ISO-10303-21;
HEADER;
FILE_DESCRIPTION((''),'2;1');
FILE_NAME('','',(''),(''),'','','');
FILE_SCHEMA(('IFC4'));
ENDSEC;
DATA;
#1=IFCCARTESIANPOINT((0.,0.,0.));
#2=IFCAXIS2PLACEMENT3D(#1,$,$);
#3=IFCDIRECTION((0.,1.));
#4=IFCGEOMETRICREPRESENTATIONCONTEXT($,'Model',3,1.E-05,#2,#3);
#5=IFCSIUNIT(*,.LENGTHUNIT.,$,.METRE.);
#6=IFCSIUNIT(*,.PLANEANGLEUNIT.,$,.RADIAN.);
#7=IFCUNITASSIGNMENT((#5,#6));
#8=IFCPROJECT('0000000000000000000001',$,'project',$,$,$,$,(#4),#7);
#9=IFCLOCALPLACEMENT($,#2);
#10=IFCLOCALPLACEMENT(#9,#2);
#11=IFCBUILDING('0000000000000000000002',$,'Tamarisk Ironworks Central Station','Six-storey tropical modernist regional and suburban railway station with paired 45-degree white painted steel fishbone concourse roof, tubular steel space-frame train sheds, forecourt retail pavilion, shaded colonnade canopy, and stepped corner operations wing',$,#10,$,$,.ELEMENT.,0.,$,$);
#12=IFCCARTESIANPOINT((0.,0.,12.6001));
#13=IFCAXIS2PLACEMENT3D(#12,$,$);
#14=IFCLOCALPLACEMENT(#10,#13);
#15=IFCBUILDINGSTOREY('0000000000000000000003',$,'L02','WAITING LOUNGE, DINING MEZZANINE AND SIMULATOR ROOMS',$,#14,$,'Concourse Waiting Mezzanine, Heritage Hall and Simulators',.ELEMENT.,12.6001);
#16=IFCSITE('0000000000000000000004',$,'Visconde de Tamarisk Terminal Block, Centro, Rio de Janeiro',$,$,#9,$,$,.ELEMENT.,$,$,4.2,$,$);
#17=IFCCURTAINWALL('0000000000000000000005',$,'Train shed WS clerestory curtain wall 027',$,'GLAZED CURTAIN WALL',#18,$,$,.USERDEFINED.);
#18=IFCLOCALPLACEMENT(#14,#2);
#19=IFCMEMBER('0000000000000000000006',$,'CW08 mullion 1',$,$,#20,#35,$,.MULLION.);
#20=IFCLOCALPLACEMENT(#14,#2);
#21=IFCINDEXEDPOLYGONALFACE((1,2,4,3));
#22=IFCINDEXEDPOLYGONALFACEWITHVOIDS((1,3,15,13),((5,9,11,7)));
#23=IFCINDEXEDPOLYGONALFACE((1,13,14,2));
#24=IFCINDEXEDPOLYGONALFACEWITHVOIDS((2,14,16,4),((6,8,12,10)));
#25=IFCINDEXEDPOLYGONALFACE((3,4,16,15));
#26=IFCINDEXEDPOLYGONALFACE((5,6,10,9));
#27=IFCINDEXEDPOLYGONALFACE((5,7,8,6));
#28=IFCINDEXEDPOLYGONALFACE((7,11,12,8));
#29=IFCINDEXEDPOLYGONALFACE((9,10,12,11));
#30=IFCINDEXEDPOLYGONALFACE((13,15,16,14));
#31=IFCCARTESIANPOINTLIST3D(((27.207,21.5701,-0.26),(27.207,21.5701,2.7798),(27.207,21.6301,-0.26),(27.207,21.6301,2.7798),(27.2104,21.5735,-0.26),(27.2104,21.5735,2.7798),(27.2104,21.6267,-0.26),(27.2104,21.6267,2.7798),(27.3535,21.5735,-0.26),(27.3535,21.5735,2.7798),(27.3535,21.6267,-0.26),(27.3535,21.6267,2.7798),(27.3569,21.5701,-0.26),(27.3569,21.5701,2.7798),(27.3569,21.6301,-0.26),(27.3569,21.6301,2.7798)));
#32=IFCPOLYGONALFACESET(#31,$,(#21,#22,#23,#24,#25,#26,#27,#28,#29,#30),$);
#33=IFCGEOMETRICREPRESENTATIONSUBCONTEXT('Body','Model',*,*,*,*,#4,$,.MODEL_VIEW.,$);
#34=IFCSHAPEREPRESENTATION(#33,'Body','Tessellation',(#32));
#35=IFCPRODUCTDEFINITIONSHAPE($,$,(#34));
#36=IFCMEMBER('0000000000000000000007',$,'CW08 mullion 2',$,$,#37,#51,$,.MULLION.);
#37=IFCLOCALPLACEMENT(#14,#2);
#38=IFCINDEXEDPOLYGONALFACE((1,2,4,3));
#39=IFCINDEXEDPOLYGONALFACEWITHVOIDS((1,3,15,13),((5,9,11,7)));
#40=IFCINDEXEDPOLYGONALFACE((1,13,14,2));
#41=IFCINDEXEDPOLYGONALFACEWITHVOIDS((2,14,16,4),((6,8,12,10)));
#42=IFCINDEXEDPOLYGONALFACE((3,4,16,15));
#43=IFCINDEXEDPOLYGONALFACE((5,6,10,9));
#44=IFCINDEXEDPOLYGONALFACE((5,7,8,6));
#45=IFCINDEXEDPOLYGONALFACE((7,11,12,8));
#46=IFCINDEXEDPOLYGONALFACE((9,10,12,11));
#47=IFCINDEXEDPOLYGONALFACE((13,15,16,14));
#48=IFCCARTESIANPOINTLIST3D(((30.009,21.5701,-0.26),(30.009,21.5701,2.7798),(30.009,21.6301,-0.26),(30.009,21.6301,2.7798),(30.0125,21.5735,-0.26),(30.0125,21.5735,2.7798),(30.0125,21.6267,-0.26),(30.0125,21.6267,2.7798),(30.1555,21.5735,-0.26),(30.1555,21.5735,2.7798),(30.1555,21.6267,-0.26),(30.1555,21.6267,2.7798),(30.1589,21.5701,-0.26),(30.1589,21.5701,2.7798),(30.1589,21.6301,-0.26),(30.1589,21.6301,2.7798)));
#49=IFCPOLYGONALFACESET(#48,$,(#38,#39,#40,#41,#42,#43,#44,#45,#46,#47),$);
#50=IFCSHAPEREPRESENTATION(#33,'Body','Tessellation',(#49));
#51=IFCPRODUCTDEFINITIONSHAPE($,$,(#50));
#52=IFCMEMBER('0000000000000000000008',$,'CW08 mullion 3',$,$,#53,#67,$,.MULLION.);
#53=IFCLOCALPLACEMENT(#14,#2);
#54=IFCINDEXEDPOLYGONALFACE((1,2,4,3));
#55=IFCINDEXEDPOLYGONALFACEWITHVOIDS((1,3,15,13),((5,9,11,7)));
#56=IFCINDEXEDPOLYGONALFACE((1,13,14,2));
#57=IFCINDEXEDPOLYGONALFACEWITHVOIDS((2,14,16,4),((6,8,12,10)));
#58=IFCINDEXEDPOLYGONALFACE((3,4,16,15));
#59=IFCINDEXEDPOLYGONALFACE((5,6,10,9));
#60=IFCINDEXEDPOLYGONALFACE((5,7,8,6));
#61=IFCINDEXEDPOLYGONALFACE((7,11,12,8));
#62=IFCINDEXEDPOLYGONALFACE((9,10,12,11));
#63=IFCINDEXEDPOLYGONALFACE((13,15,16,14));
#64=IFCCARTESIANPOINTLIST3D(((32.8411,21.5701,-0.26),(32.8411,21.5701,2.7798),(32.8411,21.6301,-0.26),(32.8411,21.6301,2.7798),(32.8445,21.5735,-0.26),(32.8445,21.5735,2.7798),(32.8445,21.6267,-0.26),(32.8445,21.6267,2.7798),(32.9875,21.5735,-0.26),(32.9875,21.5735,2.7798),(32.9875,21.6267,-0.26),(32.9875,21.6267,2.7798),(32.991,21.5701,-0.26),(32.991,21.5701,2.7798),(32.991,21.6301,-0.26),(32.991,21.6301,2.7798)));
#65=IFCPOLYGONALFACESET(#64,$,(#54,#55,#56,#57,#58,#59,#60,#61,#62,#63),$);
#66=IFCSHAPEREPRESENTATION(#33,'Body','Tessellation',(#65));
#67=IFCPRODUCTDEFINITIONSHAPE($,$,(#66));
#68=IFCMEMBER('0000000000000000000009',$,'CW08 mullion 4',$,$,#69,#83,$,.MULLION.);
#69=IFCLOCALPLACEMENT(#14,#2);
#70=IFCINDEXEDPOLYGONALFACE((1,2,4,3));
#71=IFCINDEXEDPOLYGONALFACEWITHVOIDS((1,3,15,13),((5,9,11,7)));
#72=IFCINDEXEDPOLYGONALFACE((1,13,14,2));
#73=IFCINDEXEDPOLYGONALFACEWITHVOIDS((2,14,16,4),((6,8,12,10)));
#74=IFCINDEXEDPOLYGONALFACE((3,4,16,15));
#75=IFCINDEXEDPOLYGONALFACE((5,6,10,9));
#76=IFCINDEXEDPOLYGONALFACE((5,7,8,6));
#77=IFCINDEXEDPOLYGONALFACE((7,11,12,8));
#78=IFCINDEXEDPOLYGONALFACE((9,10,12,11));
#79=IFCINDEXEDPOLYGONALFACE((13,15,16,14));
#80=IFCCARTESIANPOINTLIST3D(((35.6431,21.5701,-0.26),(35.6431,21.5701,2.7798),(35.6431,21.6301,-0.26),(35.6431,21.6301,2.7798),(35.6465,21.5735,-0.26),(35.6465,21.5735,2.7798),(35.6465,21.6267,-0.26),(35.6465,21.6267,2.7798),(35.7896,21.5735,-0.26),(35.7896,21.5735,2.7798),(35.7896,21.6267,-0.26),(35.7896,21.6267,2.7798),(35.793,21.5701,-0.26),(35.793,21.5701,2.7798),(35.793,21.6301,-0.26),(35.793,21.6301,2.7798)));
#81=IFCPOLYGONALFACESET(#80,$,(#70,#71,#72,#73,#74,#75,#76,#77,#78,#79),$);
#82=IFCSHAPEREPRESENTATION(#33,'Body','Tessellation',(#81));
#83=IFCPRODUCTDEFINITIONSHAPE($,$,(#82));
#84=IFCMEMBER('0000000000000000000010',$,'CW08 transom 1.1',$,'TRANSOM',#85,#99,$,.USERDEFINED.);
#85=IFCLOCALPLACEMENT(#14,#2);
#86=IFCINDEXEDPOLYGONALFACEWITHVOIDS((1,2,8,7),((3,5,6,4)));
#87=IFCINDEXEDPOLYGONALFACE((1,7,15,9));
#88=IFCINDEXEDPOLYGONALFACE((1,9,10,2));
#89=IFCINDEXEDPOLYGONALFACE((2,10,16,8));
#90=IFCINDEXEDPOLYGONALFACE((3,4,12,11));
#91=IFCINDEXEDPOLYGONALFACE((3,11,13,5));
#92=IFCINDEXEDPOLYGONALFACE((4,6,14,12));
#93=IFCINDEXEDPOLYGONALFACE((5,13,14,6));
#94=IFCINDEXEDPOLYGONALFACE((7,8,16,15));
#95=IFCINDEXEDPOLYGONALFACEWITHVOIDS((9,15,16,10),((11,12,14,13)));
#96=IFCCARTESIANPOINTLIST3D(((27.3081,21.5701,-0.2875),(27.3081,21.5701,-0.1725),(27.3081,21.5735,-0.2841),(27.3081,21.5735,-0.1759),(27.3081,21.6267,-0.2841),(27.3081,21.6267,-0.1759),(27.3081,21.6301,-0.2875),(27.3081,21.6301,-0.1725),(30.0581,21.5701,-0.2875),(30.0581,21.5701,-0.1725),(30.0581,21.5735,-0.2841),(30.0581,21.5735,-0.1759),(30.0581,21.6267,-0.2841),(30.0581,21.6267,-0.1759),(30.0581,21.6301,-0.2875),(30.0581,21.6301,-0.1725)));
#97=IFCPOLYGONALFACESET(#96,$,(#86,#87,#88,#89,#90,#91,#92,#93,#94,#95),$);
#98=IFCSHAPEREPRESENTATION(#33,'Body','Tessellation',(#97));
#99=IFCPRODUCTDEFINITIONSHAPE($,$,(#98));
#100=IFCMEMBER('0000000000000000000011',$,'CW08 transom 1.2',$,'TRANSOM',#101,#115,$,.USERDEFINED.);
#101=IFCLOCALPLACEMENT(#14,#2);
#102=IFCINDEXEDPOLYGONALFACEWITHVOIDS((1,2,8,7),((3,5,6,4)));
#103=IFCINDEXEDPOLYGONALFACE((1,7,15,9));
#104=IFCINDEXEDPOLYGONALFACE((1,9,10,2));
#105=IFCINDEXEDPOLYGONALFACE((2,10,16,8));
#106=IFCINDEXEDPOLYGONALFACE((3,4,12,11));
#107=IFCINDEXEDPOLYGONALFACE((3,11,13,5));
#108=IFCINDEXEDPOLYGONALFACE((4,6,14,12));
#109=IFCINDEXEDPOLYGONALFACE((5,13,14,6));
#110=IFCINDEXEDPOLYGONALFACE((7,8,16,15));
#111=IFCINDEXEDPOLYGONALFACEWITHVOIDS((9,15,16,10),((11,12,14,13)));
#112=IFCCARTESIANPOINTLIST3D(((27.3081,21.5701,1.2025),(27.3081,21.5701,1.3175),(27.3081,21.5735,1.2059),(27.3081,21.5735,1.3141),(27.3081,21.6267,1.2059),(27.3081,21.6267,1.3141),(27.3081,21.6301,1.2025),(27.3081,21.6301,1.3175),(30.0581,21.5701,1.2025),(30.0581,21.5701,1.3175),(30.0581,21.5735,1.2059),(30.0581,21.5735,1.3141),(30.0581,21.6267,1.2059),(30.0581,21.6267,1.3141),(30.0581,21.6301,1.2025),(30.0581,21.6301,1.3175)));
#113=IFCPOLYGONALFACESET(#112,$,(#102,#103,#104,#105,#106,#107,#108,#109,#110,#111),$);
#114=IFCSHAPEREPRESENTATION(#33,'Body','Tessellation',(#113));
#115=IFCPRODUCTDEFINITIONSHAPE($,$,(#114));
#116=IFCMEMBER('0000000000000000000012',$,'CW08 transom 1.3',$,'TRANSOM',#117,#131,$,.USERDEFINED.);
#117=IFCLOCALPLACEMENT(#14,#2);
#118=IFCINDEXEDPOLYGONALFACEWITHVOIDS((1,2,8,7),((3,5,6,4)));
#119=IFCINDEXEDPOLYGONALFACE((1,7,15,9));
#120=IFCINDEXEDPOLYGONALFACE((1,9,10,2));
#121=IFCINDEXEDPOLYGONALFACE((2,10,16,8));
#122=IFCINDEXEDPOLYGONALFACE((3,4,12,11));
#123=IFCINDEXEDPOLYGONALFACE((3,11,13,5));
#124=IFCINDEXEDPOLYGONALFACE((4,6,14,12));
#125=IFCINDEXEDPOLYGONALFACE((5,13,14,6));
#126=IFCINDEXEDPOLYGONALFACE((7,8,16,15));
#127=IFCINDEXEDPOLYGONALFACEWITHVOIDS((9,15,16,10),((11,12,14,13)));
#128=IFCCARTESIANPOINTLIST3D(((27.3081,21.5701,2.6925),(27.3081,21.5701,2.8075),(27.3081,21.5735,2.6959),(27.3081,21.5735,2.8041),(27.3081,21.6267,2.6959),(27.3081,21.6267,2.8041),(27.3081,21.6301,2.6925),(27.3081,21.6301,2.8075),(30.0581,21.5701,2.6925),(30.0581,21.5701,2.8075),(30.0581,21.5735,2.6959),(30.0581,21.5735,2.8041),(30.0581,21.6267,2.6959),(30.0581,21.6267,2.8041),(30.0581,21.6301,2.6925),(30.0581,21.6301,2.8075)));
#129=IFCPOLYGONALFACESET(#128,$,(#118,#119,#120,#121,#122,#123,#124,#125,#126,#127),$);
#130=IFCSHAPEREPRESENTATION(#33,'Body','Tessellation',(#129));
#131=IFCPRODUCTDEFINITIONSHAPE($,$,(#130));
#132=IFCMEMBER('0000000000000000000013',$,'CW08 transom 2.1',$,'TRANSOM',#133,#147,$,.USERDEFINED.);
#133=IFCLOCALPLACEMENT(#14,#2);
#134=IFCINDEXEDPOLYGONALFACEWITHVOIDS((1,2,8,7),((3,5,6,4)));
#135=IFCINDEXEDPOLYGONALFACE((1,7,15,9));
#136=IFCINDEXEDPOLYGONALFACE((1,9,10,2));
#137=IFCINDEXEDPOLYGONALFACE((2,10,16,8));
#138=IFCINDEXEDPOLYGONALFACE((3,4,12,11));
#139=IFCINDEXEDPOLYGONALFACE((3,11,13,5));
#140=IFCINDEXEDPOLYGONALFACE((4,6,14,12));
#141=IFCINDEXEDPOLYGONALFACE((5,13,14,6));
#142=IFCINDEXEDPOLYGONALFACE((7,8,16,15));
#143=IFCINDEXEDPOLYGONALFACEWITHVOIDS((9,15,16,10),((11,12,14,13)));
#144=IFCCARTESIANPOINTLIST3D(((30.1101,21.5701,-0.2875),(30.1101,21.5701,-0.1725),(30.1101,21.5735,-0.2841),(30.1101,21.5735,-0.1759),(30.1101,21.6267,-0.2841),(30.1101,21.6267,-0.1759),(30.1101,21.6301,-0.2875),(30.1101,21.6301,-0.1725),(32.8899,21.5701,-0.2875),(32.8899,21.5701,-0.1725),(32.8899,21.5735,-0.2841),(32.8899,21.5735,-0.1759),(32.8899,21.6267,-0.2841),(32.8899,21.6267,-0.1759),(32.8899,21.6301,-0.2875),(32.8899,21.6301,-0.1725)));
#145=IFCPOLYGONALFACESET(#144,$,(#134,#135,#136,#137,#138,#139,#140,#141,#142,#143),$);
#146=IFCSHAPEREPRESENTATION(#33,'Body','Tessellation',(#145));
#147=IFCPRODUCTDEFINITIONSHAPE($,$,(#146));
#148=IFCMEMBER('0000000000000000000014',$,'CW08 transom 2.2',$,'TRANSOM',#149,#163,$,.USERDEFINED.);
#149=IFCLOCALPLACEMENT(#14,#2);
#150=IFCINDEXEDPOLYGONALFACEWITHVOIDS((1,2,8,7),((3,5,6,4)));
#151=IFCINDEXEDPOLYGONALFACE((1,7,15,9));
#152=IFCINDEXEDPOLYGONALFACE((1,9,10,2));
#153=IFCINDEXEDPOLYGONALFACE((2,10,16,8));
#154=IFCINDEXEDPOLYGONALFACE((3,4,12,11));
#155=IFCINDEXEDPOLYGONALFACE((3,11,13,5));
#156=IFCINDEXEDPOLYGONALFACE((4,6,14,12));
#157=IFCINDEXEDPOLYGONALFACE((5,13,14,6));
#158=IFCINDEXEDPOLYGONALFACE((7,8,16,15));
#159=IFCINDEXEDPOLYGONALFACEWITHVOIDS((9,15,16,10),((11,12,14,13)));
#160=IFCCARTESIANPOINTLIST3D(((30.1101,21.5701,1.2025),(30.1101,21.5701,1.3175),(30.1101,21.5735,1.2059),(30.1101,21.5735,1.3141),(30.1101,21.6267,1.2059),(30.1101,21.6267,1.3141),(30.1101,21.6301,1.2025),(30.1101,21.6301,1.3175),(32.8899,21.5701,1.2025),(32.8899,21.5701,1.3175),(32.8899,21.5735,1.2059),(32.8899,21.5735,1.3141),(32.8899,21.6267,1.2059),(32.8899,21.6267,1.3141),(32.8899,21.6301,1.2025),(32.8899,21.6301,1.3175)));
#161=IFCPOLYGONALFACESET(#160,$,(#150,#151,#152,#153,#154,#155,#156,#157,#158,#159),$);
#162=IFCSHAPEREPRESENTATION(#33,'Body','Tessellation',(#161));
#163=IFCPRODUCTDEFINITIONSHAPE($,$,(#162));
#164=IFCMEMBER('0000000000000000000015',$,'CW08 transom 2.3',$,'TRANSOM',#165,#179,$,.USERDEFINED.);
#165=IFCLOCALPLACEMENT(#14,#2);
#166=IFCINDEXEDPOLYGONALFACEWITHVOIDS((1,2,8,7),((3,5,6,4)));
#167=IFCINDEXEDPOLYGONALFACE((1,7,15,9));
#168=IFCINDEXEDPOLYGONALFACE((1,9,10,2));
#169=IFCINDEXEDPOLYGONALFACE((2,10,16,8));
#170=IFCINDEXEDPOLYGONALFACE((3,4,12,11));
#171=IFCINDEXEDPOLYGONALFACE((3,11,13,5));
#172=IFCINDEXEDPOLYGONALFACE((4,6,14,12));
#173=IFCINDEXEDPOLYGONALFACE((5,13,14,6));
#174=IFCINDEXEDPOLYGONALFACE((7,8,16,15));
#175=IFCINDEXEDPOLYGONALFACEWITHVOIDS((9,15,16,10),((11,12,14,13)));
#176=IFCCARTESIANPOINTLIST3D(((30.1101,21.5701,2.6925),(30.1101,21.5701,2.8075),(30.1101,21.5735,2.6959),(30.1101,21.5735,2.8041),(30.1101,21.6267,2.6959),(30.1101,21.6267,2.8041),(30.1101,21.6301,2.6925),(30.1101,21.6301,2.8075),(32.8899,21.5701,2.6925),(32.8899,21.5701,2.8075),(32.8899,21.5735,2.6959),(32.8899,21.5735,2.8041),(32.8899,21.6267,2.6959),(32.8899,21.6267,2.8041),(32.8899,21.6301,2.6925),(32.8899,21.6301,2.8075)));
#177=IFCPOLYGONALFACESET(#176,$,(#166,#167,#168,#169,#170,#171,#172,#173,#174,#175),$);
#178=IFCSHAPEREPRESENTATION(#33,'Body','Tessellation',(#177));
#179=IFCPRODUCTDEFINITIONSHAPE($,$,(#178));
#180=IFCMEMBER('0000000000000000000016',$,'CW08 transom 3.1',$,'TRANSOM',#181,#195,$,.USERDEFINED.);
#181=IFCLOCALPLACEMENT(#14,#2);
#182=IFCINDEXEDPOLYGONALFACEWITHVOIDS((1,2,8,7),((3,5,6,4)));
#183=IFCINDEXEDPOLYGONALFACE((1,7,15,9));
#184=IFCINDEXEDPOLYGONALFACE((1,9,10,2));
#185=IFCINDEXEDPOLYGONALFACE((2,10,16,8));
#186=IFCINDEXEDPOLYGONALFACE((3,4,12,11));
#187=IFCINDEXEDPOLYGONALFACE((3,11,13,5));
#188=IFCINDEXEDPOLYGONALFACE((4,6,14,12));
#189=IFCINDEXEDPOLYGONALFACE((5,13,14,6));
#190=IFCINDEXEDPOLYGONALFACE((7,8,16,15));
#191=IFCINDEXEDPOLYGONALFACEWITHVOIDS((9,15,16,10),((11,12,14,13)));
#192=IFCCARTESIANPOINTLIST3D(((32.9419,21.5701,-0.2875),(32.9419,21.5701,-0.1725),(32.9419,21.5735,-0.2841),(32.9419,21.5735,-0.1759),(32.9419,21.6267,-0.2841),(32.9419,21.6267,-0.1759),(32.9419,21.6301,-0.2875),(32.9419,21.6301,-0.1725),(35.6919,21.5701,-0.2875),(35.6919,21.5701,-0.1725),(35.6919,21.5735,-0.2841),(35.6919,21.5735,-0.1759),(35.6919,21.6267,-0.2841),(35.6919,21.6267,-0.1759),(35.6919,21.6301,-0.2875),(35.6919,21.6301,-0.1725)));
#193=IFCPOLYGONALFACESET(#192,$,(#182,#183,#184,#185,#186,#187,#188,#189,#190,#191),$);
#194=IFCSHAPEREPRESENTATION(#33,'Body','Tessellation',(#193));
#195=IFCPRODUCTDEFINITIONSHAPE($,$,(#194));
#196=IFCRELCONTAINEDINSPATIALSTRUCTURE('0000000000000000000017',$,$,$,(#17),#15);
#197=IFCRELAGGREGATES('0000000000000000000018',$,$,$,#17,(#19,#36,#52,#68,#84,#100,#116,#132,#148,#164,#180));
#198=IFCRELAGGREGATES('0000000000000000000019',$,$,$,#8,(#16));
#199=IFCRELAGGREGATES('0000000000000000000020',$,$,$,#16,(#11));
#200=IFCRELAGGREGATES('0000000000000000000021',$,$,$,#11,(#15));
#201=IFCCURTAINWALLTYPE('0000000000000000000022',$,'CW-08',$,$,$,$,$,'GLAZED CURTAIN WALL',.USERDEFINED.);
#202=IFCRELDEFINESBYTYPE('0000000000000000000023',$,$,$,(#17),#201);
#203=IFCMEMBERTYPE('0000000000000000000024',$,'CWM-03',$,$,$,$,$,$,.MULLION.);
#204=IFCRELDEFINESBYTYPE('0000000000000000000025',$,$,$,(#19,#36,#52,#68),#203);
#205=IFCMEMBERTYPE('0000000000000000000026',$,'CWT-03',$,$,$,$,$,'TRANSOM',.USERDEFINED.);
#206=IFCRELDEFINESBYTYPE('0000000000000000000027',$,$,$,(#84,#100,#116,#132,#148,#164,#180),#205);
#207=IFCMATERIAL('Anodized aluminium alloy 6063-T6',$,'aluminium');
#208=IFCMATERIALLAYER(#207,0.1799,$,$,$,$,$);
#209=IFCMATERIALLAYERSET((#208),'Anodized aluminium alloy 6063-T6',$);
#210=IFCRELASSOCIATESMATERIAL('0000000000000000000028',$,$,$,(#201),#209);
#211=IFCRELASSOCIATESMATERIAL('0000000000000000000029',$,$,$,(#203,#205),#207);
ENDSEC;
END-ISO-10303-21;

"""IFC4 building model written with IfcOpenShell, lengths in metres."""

from ifc_helpers import new_model, si_unit, direction, frame, origin, origin_2d, place, context, subcontext, project, spatial, hollow_rectangle, extrude, material, layer, layer_set, material_profile, profile_set, type_object, element, aggregate, save


model = new_model("IFC4")

# Units and contexts
model_context = context("Model", 3, precision=1e-05, world=origin(), true_north=direction((0.0, 1.0)))
body_context = subcontext(model_context, "Body", "Model", "MODEL_VIEW")
ifc_project = project(units=[si_unit("LENGTHUNIT", "METRE"), si_unit("PLANEANGLEUNIT", "RADIAN")], contexts=[model_context])

# Site, building, storey
site_placement = place(None, origin())
site = spatial("IfcSite", under=ifc_project, at=site_placement, Name="Visconde de Tamarisk Terminal Block, Centro, Rio de Janeiro", CompositionType="ELEMENT", RefElevation=4.2)
building_placement = place(site_placement, origin())
building = spatial("IfcBuilding", under=site, at=building_placement, Name="Tamarisk Ironworks Central Station", Description="Six-storey tropical modernist regional and suburban railway station with paired 45-degree white painted steel fishbone concourse roof, tubular steel space-frame train sheds, forecourt retail pavilion, shaded colonnade canopy, and stepped corner operations wing", CompositionType="ELEMENT", ElevationOfRefHeight=0.0)
storey_placement = place(building_placement, frame((0.0, 0.0, 12.6001)))
storey = spatial("IfcBuildingStorey", under=building, at=storey_placement, Name="L02", Description="WAITING LOUNGE, DINING MEZZANINE AND SIMULATOR ROOMS", LongName="Concourse Waiting Mezzanine, Heritage Hall and Simulators", CompositionType="ELEMENT", Elevation=12.6001)

# Shared definitions
ifc_material_1 = material(Name="Anodized aluminium alloy 6063-T6", Category="aluminium")
ifc_layer_1 = layer(ifc_material_1, 0.1799)
ifc_layer_set_1 = layer_set([ifc_layer_1], Name="Anodized aluminium alloy 6063-T6")
curtain_wall_type = type_object("IfcCurtainWallType", Name="CW-08", ElementType="GLAZED CURTAIN WALL", PredefinedType="USERDEFINED", material=ifc_layer_set_1)
ifc_material_profile_1 = material_profile(ifc_material_1, hollow_rectangle(XDim=0.0601, YDim=0.1499, WallThickness=0.0034, at=origin_2d()), Name="ALUM 150x60")
ifc_profile_set_1 = profile_set([ifc_material_profile_1], Name="Anodized aluminium alloy 6063-T6")
member_type_1 = type_object("IfcMemberType", Name="CWM-03", PredefinedType="MULLION", material=ifc_profile_set_1)

# Curtain wall, members
curtain_wall_1_placement = place(storey_placement, origin())
curtain_wall_1 = element("IfcCurtainWall", 1, at=curtain_wall_1_placement, inside=storey, type_object=curtain_wall_type, Name="Train shed WS clerestory curtain wall 027", ObjectType="GLAZED CURTAIN WALL", PredefinedType="USERDEFINED")
member_1_placement = place(storey_placement, frame((27.282, 21.6001, -0.26), z_axis=(0.0, 0.0, 1.0), x_axis=(0.0, 1.0, 0.0)))
member_1 = element("IfcMember", 2, at=member_1_placement, type_object=member_type_1, Name="CW08 mullion 1", PredefinedType="MULLION", context=body_context, shape_type="SweptSolid", body=[
    extrude(hollow_rectangle(XDim=0.0601, YDim=0.1499, WallThickness=0.0034, at=origin_2d()), origin(), (0.0, 0.0, 1.0), 3.0398),
])
member_2_placement = place(storey_placement, frame((30.084, 21.6001, -0.26), z_axis=(0.0, 0.0, 1.0), x_axis=(0.0, 1.0, 0.0)))
member_2 = element("IfcMember", 3, at=member_2_placement, type_object=member_type_1, Name="CW08 mullion 2", PredefinedType="MULLION", context=body_context, shape_type="SweptSolid", body=[
    extrude(hollow_rectangle(XDim=0.0601, YDim=0.1499, WallThickness=0.0034, at=origin_2d()), origin(), (0.0, 0.0, 1.0), 3.0398),
])
member_3_placement = place(storey_placement, frame((32.916, 21.6001, -0.26), z_axis=(0.0, 0.0, 1.0), x_axis=(0.0, 1.0, 0.0)))
member_3 = element("IfcMember", 4, at=member_3_placement, type_object=member_type_1, Name="CW08 mullion 3", PredefinedType="MULLION", context=body_context, shape_type="SweptSolid", body=[
    extrude(hollow_rectangle(XDim=0.0601, YDim=0.1499, WallThickness=0.0034, at=origin_2d()), origin(), (0.0, 0.0, 1.0), 3.0398),
])
member_4_placement = place(storey_placement, frame((35.718, 21.6001, -0.26), z_axis=(0.0, 0.0, 1.0), x_axis=(0.0, 1.0, 0.0)))
member_4 = element("IfcMember", 5, at=member_4_placement, type_object=member_type_1, Name="CW08 mullion 4", PredefinedType="MULLION", context=body_context, shape_type="SweptSolid", body=[
    extrude(hollow_rectangle(XDim=0.0601, YDim=0.1499, WallThickness=0.0034, at=origin_2d()), origin(), (0.0, 0.0, 1.0), 3.0398),
])
ifc_material_profile_2 = material_profile(ifc_material_1, hollow_rectangle(XDim=0.0601, YDim=0.115, WallThickness=0.0034, at=origin_2d()), Name="ALUM 115x60")
ifc_profile_set_2 = profile_set([ifc_material_profile_2], Name="Anodized aluminium alloy 6063-T6")
member_type_2 = type_object("IfcMemberType", Name="CWT-03", ElementType="TRANSOM", PredefinedType="USERDEFINED", material=ifc_profile_set_2)
member_5_placement = place(storey_placement, frame((27.3081, 21.6001, -0.23), z_axis=(1.0, 0.0, 0.0), x_axis=(0.0, 1.0, 0.0)))
member_5 = element("IfcMember", 6, at=member_5_placement, type_object=member_type_2, Name="CW08 transom 1.1", ObjectType="TRANSOM", PredefinedType="USERDEFINED", context=body_context, shape_type="SweptSolid", body=[
    extrude(hollow_rectangle(XDim=0.0601, YDim=0.115, WallThickness=0.0034, at=origin_2d()), origin(), (0.0, 0.0, 1.0), 2.75),
])
member_6_placement = place(storey_placement, frame((27.3081, 21.6001, 1.26), z_axis=(1.0, 0.0, 0.0), x_axis=(0.0, 1.0, 0.0)))
member_6 = element("IfcMember", 7, at=member_6_placement, type_object=member_type_2, Name="CW08 transom 1.2", ObjectType="TRANSOM", PredefinedType="USERDEFINED", context=body_context, shape_type="SweptSolid", body=[
    extrude(hollow_rectangle(XDim=0.0601, YDim=0.115, WallThickness=0.0034, at=origin_2d()), origin(), (0.0, 0.0, 1.0), 2.75),
])
member_7_placement = place(storey_placement, frame((27.3081, 21.6001, 2.75), z_axis=(1.0, 0.0, 0.0), x_axis=(0.0, 1.0, 0.0)))
member_7 = element("IfcMember", 8, at=member_7_placement, type_object=member_type_2, Name="CW08 transom 1.3", ObjectType="TRANSOM", PredefinedType="USERDEFINED", context=body_context, shape_type="SweptSolid", body=[
    extrude(hollow_rectangle(XDim=0.0601, YDim=0.115, WallThickness=0.0034, at=origin_2d()), origin(), (0.0, 0.0, 1.0), 2.75),
])
member_8_placement = place(storey_placement, frame((30.1101, 21.6001, -0.23), z_axis=(1.0, 0.0, 0.0), x_axis=(0.0, 1.0, 0.0)))
member_8 = element("IfcMember", 9, at=member_8_placement, type_object=member_type_2, Name="CW08 transom 2.1", ObjectType="TRANSOM", PredefinedType="USERDEFINED", context=body_context, shape_type="SweptSolid", body=[
    extrude(hollow_rectangle(XDim=0.0601, YDim=0.115, WallThickness=0.0034, at=origin_2d()), origin(), (0.0, 0.0, 1.0), 2.7798),
])
member_9_placement = place(storey_placement, frame((30.1101, 21.6001, 1.26), z_axis=(1.0, 0.0, 0.0), x_axis=(0.0, 1.0, 0.0)))
member_9 = element("IfcMember", 10, at=member_9_placement, type_object=member_type_2, Name="CW08 transom 2.2", ObjectType="TRANSOM", PredefinedType="USERDEFINED", context=body_context, shape_type="SweptSolid", body=[
    extrude(hollow_rectangle(XDim=0.0601, YDim=0.115, WallThickness=0.0034, at=origin_2d()), origin(), (0.0, 0.0, 1.0), 2.7798),
])
member_10_placement = place(storey_placement, frame((30.1101, 21.6001, 2.75), z_axis=(1.0, 0.0, 0.0), x_axis=(0.0, 1.0, 0.0)))
member_10 = element("IfcMember", 11, at=member_10_placement, type_object=member_type_2, Name="CW08 transom 2.3", ObjectType="TRANSOM", PredefinedType="USERDEFINED", context=body_context, shape_type="SweptSolid", body=[
    extrude(hollow_rectangle(XDim=0.0601, YDim=0.115, WallThickness=0.0034, at=origin_2d()), origin(), (0.0, 0.0, 1.0), 2.7798),
])
member_11_placement = place(storey_placement, frame((32.9419, 21.6001, -0.23), z_axis=(1.0, 0.0, 0.0), x_axis=(0.0, 1.0, 0.0)))
member_11 = element("IfcMember", 12, at=member_11_placement, type_object=member_type_2, Name="CW08 transom 3.1", ObjectType="TRANSOM", PredefinedType="USERDEFINED", context=body_context, shape_type="SweptSolid", body=[
    extrude(hollow_rectangle(XDim=0.0601, YDim=0.115, WallThickness=0.0034, at=origin_2d()), origin(), (0.0, 0.0, 1.0), 2.75),
])

aggregate(curtain_wall_1, [member_1, member_2, member_3, member_4, member_5, member_6, member_7, member_8, member_9, member_10, member_11])

save(model, "model.ifc")
